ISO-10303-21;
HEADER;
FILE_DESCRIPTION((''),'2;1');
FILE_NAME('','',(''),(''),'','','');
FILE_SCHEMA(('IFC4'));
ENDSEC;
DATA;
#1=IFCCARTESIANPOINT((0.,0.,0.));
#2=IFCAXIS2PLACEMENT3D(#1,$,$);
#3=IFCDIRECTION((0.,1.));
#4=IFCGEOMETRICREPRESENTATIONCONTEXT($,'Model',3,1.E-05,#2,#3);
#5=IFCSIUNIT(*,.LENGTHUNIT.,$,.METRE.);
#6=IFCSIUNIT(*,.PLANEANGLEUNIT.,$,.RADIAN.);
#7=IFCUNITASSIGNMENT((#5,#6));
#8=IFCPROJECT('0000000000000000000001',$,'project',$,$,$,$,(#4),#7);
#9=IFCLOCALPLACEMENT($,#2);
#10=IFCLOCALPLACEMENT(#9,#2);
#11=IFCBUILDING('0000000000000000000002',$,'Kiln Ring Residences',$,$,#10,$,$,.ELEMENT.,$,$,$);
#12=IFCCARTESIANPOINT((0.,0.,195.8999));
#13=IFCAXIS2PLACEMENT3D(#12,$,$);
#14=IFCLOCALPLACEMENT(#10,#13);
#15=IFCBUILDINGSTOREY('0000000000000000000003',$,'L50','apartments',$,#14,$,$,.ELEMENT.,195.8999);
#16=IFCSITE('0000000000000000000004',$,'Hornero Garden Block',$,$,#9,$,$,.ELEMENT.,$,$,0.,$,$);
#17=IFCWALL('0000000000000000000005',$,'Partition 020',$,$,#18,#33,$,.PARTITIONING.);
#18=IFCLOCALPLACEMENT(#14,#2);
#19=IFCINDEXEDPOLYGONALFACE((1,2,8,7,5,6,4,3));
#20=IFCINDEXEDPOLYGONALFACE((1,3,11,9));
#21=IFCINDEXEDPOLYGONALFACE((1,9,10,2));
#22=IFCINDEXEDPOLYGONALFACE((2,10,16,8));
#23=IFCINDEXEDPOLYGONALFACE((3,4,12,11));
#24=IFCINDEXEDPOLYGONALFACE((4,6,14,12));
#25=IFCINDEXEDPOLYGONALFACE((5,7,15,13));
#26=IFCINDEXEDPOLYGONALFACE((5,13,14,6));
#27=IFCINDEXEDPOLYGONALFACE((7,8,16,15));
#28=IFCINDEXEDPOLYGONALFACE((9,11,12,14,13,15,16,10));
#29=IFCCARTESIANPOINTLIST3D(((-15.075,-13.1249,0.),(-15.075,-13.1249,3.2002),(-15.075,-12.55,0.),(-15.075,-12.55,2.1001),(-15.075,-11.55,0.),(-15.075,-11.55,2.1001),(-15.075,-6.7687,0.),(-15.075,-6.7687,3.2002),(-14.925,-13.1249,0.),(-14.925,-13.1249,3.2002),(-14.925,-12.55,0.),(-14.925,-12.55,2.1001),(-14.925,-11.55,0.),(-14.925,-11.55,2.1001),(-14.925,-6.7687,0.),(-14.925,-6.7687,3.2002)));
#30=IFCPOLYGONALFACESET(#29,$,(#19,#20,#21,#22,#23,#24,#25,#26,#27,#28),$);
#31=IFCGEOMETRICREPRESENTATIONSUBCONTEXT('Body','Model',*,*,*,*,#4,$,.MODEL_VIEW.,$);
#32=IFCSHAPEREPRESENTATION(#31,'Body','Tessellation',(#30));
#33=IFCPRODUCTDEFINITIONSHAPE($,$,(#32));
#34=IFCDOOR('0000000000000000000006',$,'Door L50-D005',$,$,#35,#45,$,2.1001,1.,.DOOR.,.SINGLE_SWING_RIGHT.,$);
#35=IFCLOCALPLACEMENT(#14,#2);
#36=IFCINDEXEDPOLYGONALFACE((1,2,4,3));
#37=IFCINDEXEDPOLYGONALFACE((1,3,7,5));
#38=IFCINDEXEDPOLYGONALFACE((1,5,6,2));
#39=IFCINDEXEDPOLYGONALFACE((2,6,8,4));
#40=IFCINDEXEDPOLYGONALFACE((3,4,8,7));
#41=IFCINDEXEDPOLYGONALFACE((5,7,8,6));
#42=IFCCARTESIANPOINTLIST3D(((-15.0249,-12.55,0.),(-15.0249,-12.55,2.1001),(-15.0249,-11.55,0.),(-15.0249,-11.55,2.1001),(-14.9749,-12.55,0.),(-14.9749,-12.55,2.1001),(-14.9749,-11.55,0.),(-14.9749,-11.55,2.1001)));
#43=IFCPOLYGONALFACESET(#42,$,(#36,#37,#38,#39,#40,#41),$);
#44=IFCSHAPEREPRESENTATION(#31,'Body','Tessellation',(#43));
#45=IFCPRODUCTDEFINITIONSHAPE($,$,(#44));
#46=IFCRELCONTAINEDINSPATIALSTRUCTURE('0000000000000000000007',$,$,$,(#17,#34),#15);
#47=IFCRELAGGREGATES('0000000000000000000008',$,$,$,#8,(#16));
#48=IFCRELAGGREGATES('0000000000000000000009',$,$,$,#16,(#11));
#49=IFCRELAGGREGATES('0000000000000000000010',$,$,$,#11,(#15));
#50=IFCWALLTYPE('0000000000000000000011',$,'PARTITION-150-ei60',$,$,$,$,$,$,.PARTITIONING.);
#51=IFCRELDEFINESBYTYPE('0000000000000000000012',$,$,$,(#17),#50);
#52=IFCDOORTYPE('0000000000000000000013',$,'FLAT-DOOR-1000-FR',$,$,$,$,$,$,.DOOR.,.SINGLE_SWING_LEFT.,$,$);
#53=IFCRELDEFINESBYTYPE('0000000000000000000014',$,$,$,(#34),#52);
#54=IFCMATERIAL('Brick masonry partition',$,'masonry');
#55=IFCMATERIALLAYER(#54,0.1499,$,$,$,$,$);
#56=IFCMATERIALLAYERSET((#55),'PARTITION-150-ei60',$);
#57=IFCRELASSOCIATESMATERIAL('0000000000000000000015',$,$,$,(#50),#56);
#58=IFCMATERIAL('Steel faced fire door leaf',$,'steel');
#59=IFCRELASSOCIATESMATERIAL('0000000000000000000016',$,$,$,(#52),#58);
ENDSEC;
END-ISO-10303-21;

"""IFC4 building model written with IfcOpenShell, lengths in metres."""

from ifc_helpers import new_model, si_unit, direction, frame, frame_2d, origin, place, context, subcontext, project, spatial, rectangle, extrude, material, layer, layer_set, type_object, element, fill, save


model = new_model("IFC4")

# Units and contexts
model_context = context("Model", 3, precision=1e-05, world=origin(), true_north=direction((0.0, 1.0)))
body_context = subcontext(model_context, "Body", "Model", "MODEL_VIEW")
ifc_project = project(units=[si_unit("LENGTHUNIT", "METRE"), si_unit("PLANEANGLEUNIT", "RADIAN")], contexts=[model_context])

# Site, building, storey
site_placement = place(None, origin())
site = spatial("IfcSite", under=ifc_project, at=site_placement, Name="Hornero Garden Block", CompositionType="ELEMENT", RefElevation=0.0)
building_placement = place(site_placement, origin())
building = spatial("IfcBuilding", under=site, at=building_placement, Name="Kiln Ring Residences", CompositionType="ELEMENT")
storey_placement = place(building_placement, frame((0.0, 0.0, 195.8999)))
storey = spatial("IfcBuildingStorey", under=building, at=storey_placement, Name="L50", Description="apartments", CompositionType="ELEMENT", Elevation=195.8999)

# Shared definitions
ifc_material_1 = material(Name="Brick masonry partition", Category="masonry")
ifc_layer_1 = layer(ifc_material_1, 0.1499)
ifc_layer_set_1 = layer_set([ifc_layer_1], Name="PARTITION-150-ei60")
wall_type_1 = type_object("IfcWallType", Name="PARTITION-150-ei60", PredefinedType="PARTITIONING", material=ifc_layer_set_1)
ifc_material_2 = material(Name="Steel faced fire door leaf", Category="steel")
door_type = type_object("IfcDoorType", Name="FLAT-DOOR-1000-FR", OperationType="SINGLE_SWING_LEFT", PredefinedType="DOOR", material=ifc_material_2)

# Wall, opening, door
wall_1_placement = place(storey_placement, frame((-15.0, -13.125, 0.0), z_axis=(0.0, 0.0, 1.0), x_axis=(0.0, 1.0, 0.0)))
wall_1 = element("IfcWall", 1, at=wall_1_placement, inside=storey, type_object=wall_type_1, Name="Partition 020", PredefinedType="PARTITIONING", context=body_context, shape_type="SweptSolid", body=[
    extrude(rectangle(XDim=6.3562, YDim=0.1499, at=frame_2d((3.1782, 0.0))), origin(), (0.0, 0.0, 1.0), 3.2002),
])
opening_1_placement = place(wall_1_placement, frame((0.575, 0.0, 0.0)))
opening_1 = element("IfcOpeningElement", 2, at=opening_1_placement, cuts=wall_1, PredefinedType="OPENING", context=body_context, shape_type="SweptSolid", body=[
    extrude(rectangle(XDim=1.0, YDim=2.1001, at=frame_2d((0.5, 1.05))), frame((0.0, 0.085, 0.0), z_axis=(0.0, -1.0, 0.0), x_axis=(1.0, 0.0, 0.0)), (0.0, 0.0, 1.0), 0.1699),
])
door_1_placement = place(opening_1_placement, origin())
door_1 = element("IfcDoor", 3, at=door_1_placement, inside=storey, type_object=door_type, Name="Door L50-D005", OperationType="SINGLE_SWING_RIGHT", OverallHeight=2.1001, OverallWidth=1.0, PredefinedType="DOOR", context=body_context, shape_type="SweptSolid", body=[
    extrude(rectangle(XDim=1.0, YDim=2.1001, at=frame_2d((0.5, 1.05))), frame((0.0, 0.0249, 0.0), z_axis=(0.0, -1.0, 0.0), x_axis=(1.0, 0.0, 0.0)), (0.0, 0.0, 1.0), 0.05),
])
fill(opening_1, door_1)

save(model, "model.ifc")
